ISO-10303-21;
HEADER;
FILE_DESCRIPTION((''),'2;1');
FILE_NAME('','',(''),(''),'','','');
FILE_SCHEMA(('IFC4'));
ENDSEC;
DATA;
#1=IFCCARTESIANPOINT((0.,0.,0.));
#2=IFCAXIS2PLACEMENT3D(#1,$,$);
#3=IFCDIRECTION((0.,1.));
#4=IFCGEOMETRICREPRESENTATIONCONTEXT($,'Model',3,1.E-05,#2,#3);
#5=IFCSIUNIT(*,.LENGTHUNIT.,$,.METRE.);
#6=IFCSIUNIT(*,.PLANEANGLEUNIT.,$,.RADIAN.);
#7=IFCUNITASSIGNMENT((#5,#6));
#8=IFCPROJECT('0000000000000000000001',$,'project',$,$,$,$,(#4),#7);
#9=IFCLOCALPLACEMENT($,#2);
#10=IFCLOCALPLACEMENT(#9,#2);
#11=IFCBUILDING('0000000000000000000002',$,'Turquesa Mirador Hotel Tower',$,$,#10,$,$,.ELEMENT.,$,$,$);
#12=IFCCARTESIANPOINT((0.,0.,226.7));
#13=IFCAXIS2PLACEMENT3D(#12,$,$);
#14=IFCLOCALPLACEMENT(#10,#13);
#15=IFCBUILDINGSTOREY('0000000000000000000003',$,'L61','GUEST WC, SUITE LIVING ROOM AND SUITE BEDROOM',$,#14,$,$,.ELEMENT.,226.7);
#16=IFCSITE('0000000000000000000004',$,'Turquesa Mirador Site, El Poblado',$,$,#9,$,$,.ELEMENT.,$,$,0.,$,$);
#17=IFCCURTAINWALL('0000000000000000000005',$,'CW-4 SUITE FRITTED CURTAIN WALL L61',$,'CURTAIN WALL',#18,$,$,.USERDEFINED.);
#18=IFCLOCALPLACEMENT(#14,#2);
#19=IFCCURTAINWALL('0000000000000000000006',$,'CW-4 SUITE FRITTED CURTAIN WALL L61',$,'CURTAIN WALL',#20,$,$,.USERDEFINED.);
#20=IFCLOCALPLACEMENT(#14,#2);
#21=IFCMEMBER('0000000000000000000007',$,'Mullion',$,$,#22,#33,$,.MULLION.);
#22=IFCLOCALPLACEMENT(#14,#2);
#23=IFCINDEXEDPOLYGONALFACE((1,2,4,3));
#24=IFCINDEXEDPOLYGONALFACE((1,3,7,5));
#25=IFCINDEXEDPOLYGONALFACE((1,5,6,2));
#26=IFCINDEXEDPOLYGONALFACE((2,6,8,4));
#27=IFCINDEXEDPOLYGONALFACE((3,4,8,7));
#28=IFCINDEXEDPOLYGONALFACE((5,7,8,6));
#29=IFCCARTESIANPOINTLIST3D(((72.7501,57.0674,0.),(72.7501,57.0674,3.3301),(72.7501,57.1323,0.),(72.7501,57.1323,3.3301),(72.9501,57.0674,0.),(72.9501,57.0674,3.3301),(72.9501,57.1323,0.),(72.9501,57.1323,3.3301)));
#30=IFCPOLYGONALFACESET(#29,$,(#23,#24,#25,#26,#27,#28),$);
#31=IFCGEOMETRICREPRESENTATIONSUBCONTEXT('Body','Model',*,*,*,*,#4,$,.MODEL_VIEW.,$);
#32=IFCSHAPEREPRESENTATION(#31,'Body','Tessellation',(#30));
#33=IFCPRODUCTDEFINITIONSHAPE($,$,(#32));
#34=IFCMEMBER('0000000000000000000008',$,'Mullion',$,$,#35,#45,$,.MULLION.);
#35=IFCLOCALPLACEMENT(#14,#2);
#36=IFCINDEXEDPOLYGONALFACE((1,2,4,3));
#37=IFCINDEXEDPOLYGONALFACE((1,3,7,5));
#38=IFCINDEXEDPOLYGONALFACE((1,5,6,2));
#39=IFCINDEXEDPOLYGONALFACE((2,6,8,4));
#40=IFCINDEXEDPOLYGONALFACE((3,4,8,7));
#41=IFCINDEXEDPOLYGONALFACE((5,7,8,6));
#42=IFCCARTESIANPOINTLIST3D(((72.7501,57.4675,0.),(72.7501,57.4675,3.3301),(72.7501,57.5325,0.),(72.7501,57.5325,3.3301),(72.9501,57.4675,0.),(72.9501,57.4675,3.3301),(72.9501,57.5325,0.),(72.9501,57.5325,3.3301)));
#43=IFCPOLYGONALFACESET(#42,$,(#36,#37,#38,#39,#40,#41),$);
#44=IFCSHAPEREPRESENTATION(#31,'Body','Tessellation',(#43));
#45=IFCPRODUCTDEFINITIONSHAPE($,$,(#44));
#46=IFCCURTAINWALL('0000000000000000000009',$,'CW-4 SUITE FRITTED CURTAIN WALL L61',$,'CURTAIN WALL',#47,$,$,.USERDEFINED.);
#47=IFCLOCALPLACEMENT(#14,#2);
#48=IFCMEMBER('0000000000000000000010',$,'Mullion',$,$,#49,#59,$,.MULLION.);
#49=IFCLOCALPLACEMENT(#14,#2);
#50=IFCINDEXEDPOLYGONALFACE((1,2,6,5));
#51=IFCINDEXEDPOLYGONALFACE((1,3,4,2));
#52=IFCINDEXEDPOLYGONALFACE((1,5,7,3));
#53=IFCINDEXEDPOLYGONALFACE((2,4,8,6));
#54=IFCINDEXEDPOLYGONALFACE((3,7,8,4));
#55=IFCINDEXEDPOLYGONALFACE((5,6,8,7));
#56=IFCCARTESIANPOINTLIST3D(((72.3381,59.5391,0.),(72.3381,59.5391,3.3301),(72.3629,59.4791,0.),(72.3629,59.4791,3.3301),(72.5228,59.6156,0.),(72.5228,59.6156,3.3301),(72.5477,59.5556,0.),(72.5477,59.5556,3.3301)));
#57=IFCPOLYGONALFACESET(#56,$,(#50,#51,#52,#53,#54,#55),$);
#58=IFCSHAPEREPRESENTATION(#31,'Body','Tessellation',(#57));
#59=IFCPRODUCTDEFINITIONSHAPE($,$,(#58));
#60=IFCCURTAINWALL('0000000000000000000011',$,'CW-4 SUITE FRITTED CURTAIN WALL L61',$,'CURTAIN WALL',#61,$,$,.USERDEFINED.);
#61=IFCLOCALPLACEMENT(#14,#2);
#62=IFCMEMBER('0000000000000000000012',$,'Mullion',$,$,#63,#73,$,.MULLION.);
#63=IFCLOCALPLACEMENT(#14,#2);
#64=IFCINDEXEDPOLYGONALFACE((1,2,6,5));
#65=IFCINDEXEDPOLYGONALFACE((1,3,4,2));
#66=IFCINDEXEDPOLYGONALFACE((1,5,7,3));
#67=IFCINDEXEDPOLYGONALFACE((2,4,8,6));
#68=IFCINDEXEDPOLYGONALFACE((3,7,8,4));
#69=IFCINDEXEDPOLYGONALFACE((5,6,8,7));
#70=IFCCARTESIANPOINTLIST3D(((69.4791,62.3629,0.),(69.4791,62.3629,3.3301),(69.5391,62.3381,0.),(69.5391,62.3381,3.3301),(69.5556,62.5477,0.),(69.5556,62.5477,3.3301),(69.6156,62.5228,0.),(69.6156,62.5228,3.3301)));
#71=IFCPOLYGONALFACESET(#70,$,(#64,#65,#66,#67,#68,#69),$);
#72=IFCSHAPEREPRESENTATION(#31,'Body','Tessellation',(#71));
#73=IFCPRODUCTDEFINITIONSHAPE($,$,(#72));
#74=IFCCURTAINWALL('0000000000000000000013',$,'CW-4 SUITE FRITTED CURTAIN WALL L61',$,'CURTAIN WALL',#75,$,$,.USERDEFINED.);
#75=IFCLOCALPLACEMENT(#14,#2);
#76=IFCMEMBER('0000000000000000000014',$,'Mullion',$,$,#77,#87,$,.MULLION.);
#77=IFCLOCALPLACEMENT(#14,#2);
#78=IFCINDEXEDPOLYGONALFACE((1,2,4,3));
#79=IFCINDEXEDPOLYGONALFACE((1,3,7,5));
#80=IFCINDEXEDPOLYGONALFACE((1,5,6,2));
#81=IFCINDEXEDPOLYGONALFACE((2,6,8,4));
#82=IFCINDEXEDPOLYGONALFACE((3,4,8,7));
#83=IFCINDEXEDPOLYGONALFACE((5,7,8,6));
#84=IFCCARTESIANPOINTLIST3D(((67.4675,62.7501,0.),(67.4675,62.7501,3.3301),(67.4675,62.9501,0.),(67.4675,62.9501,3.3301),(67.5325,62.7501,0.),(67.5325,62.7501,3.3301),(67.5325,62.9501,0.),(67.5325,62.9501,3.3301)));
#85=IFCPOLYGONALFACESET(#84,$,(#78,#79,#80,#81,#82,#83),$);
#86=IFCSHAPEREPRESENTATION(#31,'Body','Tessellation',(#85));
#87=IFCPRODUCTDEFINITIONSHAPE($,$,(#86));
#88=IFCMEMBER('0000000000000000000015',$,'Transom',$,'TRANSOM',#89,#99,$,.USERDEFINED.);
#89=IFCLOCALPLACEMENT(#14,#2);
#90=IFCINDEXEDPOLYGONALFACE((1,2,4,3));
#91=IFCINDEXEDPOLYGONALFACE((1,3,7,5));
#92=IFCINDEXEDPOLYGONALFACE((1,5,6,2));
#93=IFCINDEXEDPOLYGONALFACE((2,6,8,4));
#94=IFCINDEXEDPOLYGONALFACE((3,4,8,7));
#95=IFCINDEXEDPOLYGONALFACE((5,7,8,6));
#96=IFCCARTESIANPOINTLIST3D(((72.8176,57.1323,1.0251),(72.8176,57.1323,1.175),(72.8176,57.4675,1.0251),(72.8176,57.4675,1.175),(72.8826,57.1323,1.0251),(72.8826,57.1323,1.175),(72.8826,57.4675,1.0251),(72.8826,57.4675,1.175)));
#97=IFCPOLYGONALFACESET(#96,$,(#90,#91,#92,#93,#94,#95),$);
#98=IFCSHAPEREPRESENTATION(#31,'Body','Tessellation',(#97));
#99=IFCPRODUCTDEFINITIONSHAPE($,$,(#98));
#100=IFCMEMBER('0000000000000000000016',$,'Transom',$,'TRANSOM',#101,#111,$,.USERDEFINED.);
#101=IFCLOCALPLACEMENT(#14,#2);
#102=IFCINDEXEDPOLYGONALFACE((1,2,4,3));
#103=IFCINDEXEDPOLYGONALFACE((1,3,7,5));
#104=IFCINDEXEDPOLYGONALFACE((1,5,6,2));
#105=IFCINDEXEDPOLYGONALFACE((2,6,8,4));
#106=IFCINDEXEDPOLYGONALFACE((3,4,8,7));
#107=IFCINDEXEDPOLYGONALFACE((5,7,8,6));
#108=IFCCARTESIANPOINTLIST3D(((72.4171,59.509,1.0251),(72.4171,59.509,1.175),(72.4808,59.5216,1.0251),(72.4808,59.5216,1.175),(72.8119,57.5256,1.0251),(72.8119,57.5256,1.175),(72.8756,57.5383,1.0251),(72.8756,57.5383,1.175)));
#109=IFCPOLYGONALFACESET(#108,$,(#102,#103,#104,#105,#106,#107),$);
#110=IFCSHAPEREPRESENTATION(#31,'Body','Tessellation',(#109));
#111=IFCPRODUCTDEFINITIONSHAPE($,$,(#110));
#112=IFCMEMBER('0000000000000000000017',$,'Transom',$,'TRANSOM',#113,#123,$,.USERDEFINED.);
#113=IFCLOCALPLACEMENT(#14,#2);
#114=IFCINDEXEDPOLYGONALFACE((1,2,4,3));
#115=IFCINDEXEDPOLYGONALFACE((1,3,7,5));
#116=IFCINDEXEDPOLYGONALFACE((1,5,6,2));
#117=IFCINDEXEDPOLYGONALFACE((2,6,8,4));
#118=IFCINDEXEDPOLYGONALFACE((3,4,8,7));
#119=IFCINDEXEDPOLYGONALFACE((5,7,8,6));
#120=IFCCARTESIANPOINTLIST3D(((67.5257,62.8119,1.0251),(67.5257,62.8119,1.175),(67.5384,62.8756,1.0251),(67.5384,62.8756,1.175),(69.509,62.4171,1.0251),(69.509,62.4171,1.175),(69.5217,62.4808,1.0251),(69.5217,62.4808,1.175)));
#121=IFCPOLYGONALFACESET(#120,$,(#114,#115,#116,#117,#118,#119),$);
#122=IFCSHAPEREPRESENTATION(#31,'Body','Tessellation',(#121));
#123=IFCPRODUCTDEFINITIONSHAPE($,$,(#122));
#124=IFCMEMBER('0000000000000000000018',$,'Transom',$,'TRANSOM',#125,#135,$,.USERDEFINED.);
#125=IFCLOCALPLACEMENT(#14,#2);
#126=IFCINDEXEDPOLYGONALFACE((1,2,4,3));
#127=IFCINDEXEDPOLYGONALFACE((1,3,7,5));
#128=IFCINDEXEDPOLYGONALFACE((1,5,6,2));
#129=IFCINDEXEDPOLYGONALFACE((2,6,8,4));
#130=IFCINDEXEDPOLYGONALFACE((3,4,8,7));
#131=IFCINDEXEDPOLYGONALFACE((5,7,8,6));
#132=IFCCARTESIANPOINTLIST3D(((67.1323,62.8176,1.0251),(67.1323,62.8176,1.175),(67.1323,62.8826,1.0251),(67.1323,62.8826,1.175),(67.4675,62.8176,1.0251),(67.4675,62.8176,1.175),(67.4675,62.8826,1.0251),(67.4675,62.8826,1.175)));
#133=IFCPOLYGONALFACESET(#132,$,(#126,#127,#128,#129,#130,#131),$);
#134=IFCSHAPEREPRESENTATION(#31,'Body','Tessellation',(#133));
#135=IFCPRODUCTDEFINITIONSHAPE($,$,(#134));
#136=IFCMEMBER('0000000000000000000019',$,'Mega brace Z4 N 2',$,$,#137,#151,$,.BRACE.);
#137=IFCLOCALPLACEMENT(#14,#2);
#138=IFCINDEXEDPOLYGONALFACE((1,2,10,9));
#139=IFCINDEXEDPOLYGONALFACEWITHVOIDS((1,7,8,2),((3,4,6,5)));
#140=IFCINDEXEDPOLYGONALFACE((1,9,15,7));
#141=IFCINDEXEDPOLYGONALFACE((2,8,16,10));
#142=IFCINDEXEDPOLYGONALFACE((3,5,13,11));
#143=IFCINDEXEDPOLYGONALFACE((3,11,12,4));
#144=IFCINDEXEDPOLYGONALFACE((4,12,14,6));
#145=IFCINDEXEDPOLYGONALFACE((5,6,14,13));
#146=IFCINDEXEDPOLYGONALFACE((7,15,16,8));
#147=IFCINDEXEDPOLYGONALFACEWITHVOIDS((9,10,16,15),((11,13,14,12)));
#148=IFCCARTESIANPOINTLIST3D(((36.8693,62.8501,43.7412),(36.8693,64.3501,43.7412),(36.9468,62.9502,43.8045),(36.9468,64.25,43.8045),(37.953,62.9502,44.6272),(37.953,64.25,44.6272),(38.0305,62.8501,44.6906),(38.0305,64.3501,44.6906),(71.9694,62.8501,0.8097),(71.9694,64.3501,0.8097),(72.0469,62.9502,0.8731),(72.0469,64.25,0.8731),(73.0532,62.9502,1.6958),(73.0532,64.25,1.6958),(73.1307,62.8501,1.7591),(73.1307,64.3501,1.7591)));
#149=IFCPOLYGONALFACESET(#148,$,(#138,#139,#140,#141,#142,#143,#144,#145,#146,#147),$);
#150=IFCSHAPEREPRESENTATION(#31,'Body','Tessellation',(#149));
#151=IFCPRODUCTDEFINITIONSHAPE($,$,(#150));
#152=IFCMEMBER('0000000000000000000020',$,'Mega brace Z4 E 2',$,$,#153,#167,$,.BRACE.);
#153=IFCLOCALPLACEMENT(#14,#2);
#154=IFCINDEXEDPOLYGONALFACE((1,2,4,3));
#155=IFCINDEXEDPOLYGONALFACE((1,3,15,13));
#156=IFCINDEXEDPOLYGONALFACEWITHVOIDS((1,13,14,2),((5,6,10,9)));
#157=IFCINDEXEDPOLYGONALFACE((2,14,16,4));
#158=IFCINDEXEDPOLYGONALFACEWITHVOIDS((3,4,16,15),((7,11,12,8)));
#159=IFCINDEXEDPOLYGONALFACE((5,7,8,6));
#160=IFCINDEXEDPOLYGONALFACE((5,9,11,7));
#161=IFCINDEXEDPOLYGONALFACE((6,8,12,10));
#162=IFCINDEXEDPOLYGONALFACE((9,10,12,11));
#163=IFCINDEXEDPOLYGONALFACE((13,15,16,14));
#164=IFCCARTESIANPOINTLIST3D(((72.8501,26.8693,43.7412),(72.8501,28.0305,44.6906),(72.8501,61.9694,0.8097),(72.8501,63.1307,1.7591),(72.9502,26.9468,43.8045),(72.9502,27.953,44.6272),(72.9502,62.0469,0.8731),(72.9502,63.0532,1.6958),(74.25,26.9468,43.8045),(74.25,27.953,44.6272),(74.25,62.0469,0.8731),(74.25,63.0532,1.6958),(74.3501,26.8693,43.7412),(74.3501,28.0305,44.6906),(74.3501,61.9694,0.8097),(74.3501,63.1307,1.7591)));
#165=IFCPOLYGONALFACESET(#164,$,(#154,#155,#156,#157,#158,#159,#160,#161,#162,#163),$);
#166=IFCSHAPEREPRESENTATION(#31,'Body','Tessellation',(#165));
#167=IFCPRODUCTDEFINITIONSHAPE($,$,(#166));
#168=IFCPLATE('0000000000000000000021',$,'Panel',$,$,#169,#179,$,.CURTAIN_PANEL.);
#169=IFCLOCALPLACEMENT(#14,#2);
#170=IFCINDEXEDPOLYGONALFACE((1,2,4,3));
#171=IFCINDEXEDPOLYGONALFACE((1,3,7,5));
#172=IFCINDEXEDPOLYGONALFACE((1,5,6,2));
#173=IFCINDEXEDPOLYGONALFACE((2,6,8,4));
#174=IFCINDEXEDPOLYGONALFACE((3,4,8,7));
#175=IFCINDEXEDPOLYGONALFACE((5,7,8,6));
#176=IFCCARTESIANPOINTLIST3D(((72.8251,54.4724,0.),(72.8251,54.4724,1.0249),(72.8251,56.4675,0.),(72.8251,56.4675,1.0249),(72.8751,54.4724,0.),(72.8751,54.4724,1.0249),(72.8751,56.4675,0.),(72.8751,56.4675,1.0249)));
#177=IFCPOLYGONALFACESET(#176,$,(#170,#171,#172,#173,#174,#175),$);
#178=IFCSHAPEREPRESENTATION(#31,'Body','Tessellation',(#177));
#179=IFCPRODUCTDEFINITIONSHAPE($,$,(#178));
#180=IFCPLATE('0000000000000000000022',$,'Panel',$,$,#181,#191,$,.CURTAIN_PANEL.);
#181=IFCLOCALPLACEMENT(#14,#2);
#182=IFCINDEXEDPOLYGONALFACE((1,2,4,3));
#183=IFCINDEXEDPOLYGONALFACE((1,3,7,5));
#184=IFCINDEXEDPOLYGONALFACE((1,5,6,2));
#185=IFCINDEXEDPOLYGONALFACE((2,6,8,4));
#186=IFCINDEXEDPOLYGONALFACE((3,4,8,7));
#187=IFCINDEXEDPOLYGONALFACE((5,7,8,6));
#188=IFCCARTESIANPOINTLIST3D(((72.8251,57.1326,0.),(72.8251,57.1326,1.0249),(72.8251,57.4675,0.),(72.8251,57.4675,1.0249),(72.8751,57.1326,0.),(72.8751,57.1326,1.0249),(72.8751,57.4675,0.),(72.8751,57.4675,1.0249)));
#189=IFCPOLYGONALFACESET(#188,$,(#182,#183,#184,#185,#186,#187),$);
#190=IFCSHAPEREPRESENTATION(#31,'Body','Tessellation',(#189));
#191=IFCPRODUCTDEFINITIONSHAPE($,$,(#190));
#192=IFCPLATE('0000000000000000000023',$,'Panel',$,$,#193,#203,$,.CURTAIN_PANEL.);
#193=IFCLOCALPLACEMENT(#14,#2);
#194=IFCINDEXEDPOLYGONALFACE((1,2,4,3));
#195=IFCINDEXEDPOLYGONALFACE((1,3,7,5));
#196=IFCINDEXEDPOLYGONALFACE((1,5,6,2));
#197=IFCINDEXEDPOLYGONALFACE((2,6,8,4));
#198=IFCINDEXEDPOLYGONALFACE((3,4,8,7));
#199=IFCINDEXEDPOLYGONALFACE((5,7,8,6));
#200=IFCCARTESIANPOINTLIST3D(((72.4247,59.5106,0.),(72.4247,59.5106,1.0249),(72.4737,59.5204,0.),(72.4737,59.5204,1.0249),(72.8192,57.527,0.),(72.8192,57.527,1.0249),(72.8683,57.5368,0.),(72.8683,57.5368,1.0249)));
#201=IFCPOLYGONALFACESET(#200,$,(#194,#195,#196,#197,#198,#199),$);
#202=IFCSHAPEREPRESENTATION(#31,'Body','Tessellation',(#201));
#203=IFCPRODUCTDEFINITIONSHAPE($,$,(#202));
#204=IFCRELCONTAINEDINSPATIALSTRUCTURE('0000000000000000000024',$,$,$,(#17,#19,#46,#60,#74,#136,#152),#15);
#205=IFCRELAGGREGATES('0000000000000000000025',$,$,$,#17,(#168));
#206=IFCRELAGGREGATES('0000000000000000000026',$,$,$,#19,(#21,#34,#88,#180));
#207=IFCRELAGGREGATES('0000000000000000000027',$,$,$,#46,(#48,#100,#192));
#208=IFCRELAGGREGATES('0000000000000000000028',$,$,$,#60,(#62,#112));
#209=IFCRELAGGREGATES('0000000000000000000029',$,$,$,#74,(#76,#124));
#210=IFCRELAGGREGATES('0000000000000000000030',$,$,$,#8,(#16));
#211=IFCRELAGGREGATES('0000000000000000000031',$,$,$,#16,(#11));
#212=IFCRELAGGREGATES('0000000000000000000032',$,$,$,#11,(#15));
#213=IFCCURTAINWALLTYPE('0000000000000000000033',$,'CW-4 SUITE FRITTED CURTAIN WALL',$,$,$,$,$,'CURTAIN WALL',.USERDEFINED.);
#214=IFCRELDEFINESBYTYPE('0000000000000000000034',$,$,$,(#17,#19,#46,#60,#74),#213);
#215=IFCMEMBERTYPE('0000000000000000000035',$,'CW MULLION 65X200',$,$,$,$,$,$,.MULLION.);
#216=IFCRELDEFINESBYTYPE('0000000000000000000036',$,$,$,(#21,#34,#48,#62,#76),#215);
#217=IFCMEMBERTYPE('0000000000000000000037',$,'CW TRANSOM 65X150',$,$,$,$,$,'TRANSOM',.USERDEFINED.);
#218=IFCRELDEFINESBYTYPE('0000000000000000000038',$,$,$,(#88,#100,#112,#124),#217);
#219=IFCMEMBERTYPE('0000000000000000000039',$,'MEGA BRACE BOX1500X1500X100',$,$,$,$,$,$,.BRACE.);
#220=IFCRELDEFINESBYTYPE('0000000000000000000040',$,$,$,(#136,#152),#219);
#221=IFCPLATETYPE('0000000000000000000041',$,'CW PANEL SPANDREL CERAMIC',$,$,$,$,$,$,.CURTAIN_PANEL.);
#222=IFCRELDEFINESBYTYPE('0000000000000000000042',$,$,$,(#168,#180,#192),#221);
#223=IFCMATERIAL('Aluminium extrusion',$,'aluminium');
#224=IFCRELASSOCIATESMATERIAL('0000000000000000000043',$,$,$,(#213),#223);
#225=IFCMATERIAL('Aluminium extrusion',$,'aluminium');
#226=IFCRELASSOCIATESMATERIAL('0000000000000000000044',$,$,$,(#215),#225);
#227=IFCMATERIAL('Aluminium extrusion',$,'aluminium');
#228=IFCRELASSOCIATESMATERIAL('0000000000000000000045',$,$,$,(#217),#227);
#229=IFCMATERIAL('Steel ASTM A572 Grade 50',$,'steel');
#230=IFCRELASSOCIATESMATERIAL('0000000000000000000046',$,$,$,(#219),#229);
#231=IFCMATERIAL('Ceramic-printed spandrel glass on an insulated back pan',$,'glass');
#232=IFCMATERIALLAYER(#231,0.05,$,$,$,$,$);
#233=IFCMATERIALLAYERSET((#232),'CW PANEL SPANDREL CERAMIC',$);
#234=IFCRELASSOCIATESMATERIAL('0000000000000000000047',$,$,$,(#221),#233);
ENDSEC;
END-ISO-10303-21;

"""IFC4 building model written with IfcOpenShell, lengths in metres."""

from ifc_helpers import new_model, si_unit, direction, frame, origin, origin_2d, place, context, subcontext, project, spatial, rectangle, hollow_rectangle, extrude, material, layer, layer_set, material_profile, profile_set, type_object, element, aggregate, save


model = new_model("IFC4")

# Units and contexts
model_context = context("Model", 3, precision=1e-05, world=origin(), true_north=direction((0.0, 1.0)))
body_context = subcontext(model_context, "Body", "Model", "MODEL_VIEW")
ifc_project = project(units=[si_unit("LENGTHUNIT", "METRE"), si_unit("PLANEANGLEUNIT", "RADIAN")], contexts=[model_context])

# Site, building, storey
site_placement = place(None, origin())
site = spatial("IfcSite", under=ifc_project, at=site_placement, Name="Turquesa Mirador Site, El Poblado", CompositionType="ELEMENT", RefElevation=0.0)
building_placement = place(site_placement, origin())
building = spatial("IfcBuilding", under=site, at=building_placement, Name="Turquesa Mirador Hotel Tower", CompositionType="ELEMENT")
storey_placement = place(building_placement, frame((0.0, 0.0, 226.7)))
storey = spatial("IfcBuildingStorey", under=building, at=storey_placement, Name="L61", Description="GUEST WC, SUITE LIVING ROOM AND SUITE BEDROOM", CompositionType="ELEMENT", Elevation=226.7)

# Curtain wall
ifc_material_1 = material(Name="Aluminium extrusion", Category="aluminium")
curtain_wall_type = type_object("IfcCurtainWallType", Name="CW-4 SUITE FRITTED CURTAIN WALL", ElementType="CURTAIN WALL", PredefinedType="USERDEFINED", material=ifc_material_1)
curtain_wall_1_placement = place(storey_placement, origin())
curtain_wall_1 = element("IfcCurtainWall", 1, at=curtain_wall_1_placement, inside=storey, type_object=curtain_wall_type, Name="CW-4 SUITE FRITTED CURTAIN WALL L61", ObjectType="CURTAIN WALL", PredefinedType="USERDEFINED")
ifc_material_2 = material(Name="Aluminium extrusion", Category="aluminium")
ifc_material_profile_1 = material_profile(ifc_material_2, rectangle(XDim=0.0649, YDim=0.2, at=origin_2d()), Name="MULLION 65X200")
ifc_profile_set_1 = profile_set([ifc_material_profile_1], Name="Aluminium extrusion")
member_type_1 = type_object("IfcMemberType", Name="CW MULLION 65X200", PredefinedType="MULLION", material=ifc_profile_set_1)

# Curtain wall, members
curtain_wall_2_placement = place(storey_placement, origin())
curtain_wall_2 = element("IfcCurtainWall", 2, at=curtain_wall_2_placement, inside=storey, type_object=curtain_wall_type, Name="CW-4 SUITE FRITTED CURTAIN WALL L61", ObjectType="CURTAIN WALL", PredefinedType="USERDEFINED")
member_1_placement = place(storey_placement, frame((72.8501, 57.0999, 0.0), z_axis=(0.0, 0.0, 1.0), x_axis=(0.0, 1.0, 0.0)))
member_1 = element("IfcMember", 3, at=member_1_placement, type_object=member_type_1, Name="Mullion", PredefinedType="MULLION", context=body_context, shape_type="SweptSolid", body=[
    extrude(rectangle(XDim=0.0649, YDim=0.2, at=origin_2d()), origin(), (0.0, 0.0, 1.0), 3.3301),
])
member_2_placement = place(storey_placement, frame((72.8501, 57.5, 0.0), z_axis=(0.0, 0.0, 1.0), x_axis=(0.0, 1.0, 0.0)))
member_2 = element("IfcMember", 4, at=member_2_placement, type_object=member_type_1, Name="Mullion", PredefinedType="MULLION", context=body_context, shape_type="SweptSolid", body=[
    extrude(rectangle(XDim=0.0649, YDim=0.2, at=origin_2d()), origin(), (0.0, 0.0, 1.0), 3.3301),
])

# Curtain walls, members
curtain_wall_3_placement = place(storey_placement, origin())
curtain_wall_3 = element("IfcCurtainWall", 5, at=curtain_wall_3_placement, inside=storey, type_object=curtain_wall_type, Name="CW-4 SUITE FRITTED CURTAIN WALL L61", ObjectType="CURTAIN WALL", PredefinedType="USERDEFINED")
member_3_placement = place(storey_placement, frame((72.4429, 59.5474, 0.0), z_axis=(0.0, 0.0, 1.0), x_axis=(-0.382683, 0.92388, 0.0)))
member_3 = element("IfcMember", 6, at=member_3_placement, type_object=member_type_1, Name="Mullion", PredefinedType="MULLION", context=body_context, shape_type="SweptSolid", body=[
    extrude(rectangle(XDim=0.0649, YDim=0.2, at=origin_2d()), origin(), (0.0, 0.0, 1.0), 3.3301),
])
curtain_wall_4_placement = place(storey_placement, origin())
curtain_wall_4 = element("IfcCurtainWall", 7, at=curtain_wall_4_placement, inside=storey, type_object=curtain_wall_type, Name="CW-4 SUITE FRITTED CURTAIN WALL L61", ObjectType="CURTAIN WALL", PredefinedType="USERDEFINED")
member_4_placement = place(storey_placement, frame((69.5474, 62.4429, 0.0), z_axis=(0.0, 0.0, 1.0), x_axis=(-0.92388, 0.382683, 0.0)))
member_4 = element("IfcMember", 8, at=member_4_placement, type_object=member_type_1, Name="Mullion", PredefinedType="MULLION", context=body_context, shape_type="SweptSolid", body=[
    extrude(rectangle(XDim=0.0649, YDim=0.2, at=origin_2d()), origin(), (0.0, 0.0, 1.0), 3.3301),
])
curtain_wall_5_placement = place(storey_placement, origin())
curtain_wall_5 = element("IfcCurtainWall", 9, at=curtain_wall_5_placement, inside=storey, type_object=curtain_wall_type, Name="CW-4 SUITE FRITTED CURTAIN WALL L61", ObjectType="CURTAIN WALL", PredefinedType="USERDEFINED")
member_5_placement = place(storey_placement, frame((67.5, 62.8501, 0.0), z_axis=(0.0, 0.0, 1.0), x_axis=(-1.0, 0.0, 0.0)))
member_5 = element("IfcMember", 10, at=member_5_placement, type_object=member_type_1, Name="Mullion", PredefinedType="MULLION", context=body_context, shape_type="SweptSolid", body=[
    extrude(rectangle(XDim=0.0649, YDim=0.2, at=origin_2d()), origin(), (0.0, 0.0, 1.0), 3.3301),
])

# Members
ifc_material_3 = material(Name="Aluminium extrusion", Category="aluminium")
ifc_material_profile_2 = material_profile(ifc_material_3, rectangle(XDim=0.0649, YDim=0.1499, at=origin_2d()), Name="TRANSOM 65X150")
ifc_profile_set_2 = profile_set([ifc_material_profile_2], Name="Aluminium extrusion")
member_type_2 = type_object("IfcMemberType", Name="CW TRANSOM 65X150", ElementType="TRANSOM", PredefinedType="USERDEFINED", material=ifc_profile_set_2)
member_6_placement = place(storey_placement, frame((72.8501, 57.1323, 1.1001), z_axis=(0.0, 1.0, 0.0), x_axis=(-1.0, 0.0, 0.0)))
member_6 = element("IfcMember", 11, at=member_6_placement, type_object=member_type_2, Name="Transom", ObjectType="TRANSOM", PredefinedType="USERDEFINED", context=body_context, shape_type="SweptSolid", body=[
    extrude(rectangle(XDim=0.0649, YDim=0.1499, at=origin_2d()), origin(), (0.0, 0.0, 1.0), 0.3352),
])
member_7_placement = place(storey_placement, frame((72.8438, 57.532, 1.1001), z_axis=(-0.195211, 0.980761, 0.0), x_axis=(-0.980761, -0.195211, 0.0)))
member_7 = element("IfcMember", 12, at=member_7_placement, type_object=member_type_2, Name="Transom", ObjectType="TRANSOM", PredefinedType="USERDEFINED", context=body_context, shape_type="SweptSolid", body=[
    extrude(rectangle(XDim=0.0649, YDim=0.1499, at=origin_2d()), origin(), (0.0, 0.0, 1.0), 2.0222),
])
member_8_placement = place(storey_placement, frame((69.5154, 62.449, 1.1001), z_axis=(-0.980761, 0.195211, 0.0), x_axis=(-0.195211, -0.980761, 0.0)))
member_8 = element("IfcMember", 13, at=member_8_placement, type_object=member_type_2, Name="Transom", ObjectType="TRANSOM", PredefinedType="USERDEFINED", context=body_context, shape_type="SweptSolid", body=[
    extrude(rectangle(XDim=0.0649, YDim=0.1499, at=origin_2d()), origin(), (0.0, 0.0, 1.0), 2.0222),
])
member_9_placement = place(storey_placement, frame((67.4675, 62.8501, 1.1001), z_axis=(-1.0, 0.0, 0.0), x_axis=(0.0, -1.0, 0.0)))
member_9 = element("IfcMember", 14, at=member_9_placement, type_object=member_type_2, Name="Transom", ObjectType="TRANSOM", PredefinedType="USERDEFINED", context=body_context, shape_type="SweptSolid", body=[
    extrude(rectangle(XDim=0.0649, YDim=0.1499, at=origin_2d()), origin(), (0.0, 0.0, 1.0), 0.3352),
])

# Members
ifc_material_4 = material(Name="Steel ASTM A572 Grade 50", Category="steel")
ifc_material_profile_3 = material_profile(ifc_material_4, hollow_rectangle(XDim=1.5, YDim=1.5, WallThickness=0.1001, at=origin_2d()), Name="BOX1500X1500X100")
ifc_profile_set_3 = profile_set([ifc_material_profile_3], Name="Steel ASTM A572 Grade 50")
member_type_3 = type_object("IfcMemberType", Name="MEGA BRACE BOX1500X1500X100", PredefinedType="BRACE", material=ifc_profile_set_3)
for number, where, z_axis, x_axis, name in (
    (15, (72.55, 63.6001, 1.2844), (-0.632961, 0.0, 0.774183), (0.0, -1.0, 0.0), "Mega brace Z4 N 2"),
    (16, (73.6001, 62.55, 1.2844), (0.0, -0.632961, 0.774183), (1.0, 0.0, 0.0), "Mega brace Z4 E 2"),
):
    element("IfcMember", number, at=place(storey_placement, frame(where, z_axis=z_axis, x_axis=x_axis)), inside=storey, type_object=member_type_3, Name=name, PredefinedType="BRACE", context=body_context, shape_type="SweptSolid", body=[
        extrude(hollow_rectangle(XDim=1.5, YDim=1.5, WallThickness=0.1001, at=origin_2d()), origin(), (0.0, 0.0, 1.0), 55.4539),
    ])

# Plates
ifc_material_5 = material(Name="Ceramic-printed spandrel glass on an insulated back pan", Category="glass")
ifc_layer_1 = layer(ifc_material_5, 0.05)
ifc_layer_set_1 = layer_set([ifc_layer_1], Name="CW PANEL SPANDREL CERAMIC")
plate_type_1 = type_object("IfcPlateType", Name="CW PANEL SPANDREL CERAMIC", PredefinedType="CURTAIN_PANEL", material=ifc_layer_set_1)
plate_1_placement = place(storey_placement, frame((72.8501, 55.47, 0.0), z_axis=(0.0, 0.0, 1.0), x_axis=(0.0, 1.0, 0.0)))
plate_1 = element("IfcPlate", 17, at=plate_1_placement, type_object=plate_type_1, Name="Panel", PredefinedType="CURTAIN_PANEL", context=body_context, shape_type="SweptSolid", body=[
    extrude(rectangle(XDim=1.9951, YDim=0.05, at=origin_2d()), origin(), (0.0, 0.0, 1.0), 1.0249),
])
plate_2_placement = place(storey_placement, frame((72.8501, 57.3, 0.0), z_axis=(0.0, 0.0, 1.0), x_axis=(0.0, 1.0, 0.0)))
plate_2 = element("IfcPlate", 18, at=plate_2_placement, type_object=plate_type_1, Name="Panel", PredefinedType="CURTAIN_PANEL", context=body_context, shape_type="SweptSolid", body=[
    extrude(rectangle(XDim=0.335, YDim=0.05, at=origin_2d()), origin(), (0.0, 0.0, 1.0), 1.0249),
])
plate_3_placement = place(storey_placement, frame((72.6465, 58.5237, 0.0), z_axis=(0.0, 0.0, 1.0), x_axis=(-0.195091, 0.980785, 0.0)))
plate_3 = element("IfcPlate", 19, at=plate_3_placement, type_object=plate_type_1, Name="Panel", PredefinedType="CURTAIN_PANEL", context=body_context, shape_type="SweptSolid", body=[
    extrude(rectangle(XDim=2.0225, YDim=0.05, at=origin_2d()), origin(), (0.0, 0.0, 1.0), 1.0249),
])
aggregate(curtain_wall_1, [plate_1])
aggregate(curtain_wall_2, [member_1, member_2, member_6, plate_2])
aggregate(curtain_wall_3, [member_3, member_7, plate_3])
aggregate(curtain_wall_4, [member_4, member_8])
aggregate(curtain_wall_5, [member_5, member_9])

save(model, "model.ifc")
